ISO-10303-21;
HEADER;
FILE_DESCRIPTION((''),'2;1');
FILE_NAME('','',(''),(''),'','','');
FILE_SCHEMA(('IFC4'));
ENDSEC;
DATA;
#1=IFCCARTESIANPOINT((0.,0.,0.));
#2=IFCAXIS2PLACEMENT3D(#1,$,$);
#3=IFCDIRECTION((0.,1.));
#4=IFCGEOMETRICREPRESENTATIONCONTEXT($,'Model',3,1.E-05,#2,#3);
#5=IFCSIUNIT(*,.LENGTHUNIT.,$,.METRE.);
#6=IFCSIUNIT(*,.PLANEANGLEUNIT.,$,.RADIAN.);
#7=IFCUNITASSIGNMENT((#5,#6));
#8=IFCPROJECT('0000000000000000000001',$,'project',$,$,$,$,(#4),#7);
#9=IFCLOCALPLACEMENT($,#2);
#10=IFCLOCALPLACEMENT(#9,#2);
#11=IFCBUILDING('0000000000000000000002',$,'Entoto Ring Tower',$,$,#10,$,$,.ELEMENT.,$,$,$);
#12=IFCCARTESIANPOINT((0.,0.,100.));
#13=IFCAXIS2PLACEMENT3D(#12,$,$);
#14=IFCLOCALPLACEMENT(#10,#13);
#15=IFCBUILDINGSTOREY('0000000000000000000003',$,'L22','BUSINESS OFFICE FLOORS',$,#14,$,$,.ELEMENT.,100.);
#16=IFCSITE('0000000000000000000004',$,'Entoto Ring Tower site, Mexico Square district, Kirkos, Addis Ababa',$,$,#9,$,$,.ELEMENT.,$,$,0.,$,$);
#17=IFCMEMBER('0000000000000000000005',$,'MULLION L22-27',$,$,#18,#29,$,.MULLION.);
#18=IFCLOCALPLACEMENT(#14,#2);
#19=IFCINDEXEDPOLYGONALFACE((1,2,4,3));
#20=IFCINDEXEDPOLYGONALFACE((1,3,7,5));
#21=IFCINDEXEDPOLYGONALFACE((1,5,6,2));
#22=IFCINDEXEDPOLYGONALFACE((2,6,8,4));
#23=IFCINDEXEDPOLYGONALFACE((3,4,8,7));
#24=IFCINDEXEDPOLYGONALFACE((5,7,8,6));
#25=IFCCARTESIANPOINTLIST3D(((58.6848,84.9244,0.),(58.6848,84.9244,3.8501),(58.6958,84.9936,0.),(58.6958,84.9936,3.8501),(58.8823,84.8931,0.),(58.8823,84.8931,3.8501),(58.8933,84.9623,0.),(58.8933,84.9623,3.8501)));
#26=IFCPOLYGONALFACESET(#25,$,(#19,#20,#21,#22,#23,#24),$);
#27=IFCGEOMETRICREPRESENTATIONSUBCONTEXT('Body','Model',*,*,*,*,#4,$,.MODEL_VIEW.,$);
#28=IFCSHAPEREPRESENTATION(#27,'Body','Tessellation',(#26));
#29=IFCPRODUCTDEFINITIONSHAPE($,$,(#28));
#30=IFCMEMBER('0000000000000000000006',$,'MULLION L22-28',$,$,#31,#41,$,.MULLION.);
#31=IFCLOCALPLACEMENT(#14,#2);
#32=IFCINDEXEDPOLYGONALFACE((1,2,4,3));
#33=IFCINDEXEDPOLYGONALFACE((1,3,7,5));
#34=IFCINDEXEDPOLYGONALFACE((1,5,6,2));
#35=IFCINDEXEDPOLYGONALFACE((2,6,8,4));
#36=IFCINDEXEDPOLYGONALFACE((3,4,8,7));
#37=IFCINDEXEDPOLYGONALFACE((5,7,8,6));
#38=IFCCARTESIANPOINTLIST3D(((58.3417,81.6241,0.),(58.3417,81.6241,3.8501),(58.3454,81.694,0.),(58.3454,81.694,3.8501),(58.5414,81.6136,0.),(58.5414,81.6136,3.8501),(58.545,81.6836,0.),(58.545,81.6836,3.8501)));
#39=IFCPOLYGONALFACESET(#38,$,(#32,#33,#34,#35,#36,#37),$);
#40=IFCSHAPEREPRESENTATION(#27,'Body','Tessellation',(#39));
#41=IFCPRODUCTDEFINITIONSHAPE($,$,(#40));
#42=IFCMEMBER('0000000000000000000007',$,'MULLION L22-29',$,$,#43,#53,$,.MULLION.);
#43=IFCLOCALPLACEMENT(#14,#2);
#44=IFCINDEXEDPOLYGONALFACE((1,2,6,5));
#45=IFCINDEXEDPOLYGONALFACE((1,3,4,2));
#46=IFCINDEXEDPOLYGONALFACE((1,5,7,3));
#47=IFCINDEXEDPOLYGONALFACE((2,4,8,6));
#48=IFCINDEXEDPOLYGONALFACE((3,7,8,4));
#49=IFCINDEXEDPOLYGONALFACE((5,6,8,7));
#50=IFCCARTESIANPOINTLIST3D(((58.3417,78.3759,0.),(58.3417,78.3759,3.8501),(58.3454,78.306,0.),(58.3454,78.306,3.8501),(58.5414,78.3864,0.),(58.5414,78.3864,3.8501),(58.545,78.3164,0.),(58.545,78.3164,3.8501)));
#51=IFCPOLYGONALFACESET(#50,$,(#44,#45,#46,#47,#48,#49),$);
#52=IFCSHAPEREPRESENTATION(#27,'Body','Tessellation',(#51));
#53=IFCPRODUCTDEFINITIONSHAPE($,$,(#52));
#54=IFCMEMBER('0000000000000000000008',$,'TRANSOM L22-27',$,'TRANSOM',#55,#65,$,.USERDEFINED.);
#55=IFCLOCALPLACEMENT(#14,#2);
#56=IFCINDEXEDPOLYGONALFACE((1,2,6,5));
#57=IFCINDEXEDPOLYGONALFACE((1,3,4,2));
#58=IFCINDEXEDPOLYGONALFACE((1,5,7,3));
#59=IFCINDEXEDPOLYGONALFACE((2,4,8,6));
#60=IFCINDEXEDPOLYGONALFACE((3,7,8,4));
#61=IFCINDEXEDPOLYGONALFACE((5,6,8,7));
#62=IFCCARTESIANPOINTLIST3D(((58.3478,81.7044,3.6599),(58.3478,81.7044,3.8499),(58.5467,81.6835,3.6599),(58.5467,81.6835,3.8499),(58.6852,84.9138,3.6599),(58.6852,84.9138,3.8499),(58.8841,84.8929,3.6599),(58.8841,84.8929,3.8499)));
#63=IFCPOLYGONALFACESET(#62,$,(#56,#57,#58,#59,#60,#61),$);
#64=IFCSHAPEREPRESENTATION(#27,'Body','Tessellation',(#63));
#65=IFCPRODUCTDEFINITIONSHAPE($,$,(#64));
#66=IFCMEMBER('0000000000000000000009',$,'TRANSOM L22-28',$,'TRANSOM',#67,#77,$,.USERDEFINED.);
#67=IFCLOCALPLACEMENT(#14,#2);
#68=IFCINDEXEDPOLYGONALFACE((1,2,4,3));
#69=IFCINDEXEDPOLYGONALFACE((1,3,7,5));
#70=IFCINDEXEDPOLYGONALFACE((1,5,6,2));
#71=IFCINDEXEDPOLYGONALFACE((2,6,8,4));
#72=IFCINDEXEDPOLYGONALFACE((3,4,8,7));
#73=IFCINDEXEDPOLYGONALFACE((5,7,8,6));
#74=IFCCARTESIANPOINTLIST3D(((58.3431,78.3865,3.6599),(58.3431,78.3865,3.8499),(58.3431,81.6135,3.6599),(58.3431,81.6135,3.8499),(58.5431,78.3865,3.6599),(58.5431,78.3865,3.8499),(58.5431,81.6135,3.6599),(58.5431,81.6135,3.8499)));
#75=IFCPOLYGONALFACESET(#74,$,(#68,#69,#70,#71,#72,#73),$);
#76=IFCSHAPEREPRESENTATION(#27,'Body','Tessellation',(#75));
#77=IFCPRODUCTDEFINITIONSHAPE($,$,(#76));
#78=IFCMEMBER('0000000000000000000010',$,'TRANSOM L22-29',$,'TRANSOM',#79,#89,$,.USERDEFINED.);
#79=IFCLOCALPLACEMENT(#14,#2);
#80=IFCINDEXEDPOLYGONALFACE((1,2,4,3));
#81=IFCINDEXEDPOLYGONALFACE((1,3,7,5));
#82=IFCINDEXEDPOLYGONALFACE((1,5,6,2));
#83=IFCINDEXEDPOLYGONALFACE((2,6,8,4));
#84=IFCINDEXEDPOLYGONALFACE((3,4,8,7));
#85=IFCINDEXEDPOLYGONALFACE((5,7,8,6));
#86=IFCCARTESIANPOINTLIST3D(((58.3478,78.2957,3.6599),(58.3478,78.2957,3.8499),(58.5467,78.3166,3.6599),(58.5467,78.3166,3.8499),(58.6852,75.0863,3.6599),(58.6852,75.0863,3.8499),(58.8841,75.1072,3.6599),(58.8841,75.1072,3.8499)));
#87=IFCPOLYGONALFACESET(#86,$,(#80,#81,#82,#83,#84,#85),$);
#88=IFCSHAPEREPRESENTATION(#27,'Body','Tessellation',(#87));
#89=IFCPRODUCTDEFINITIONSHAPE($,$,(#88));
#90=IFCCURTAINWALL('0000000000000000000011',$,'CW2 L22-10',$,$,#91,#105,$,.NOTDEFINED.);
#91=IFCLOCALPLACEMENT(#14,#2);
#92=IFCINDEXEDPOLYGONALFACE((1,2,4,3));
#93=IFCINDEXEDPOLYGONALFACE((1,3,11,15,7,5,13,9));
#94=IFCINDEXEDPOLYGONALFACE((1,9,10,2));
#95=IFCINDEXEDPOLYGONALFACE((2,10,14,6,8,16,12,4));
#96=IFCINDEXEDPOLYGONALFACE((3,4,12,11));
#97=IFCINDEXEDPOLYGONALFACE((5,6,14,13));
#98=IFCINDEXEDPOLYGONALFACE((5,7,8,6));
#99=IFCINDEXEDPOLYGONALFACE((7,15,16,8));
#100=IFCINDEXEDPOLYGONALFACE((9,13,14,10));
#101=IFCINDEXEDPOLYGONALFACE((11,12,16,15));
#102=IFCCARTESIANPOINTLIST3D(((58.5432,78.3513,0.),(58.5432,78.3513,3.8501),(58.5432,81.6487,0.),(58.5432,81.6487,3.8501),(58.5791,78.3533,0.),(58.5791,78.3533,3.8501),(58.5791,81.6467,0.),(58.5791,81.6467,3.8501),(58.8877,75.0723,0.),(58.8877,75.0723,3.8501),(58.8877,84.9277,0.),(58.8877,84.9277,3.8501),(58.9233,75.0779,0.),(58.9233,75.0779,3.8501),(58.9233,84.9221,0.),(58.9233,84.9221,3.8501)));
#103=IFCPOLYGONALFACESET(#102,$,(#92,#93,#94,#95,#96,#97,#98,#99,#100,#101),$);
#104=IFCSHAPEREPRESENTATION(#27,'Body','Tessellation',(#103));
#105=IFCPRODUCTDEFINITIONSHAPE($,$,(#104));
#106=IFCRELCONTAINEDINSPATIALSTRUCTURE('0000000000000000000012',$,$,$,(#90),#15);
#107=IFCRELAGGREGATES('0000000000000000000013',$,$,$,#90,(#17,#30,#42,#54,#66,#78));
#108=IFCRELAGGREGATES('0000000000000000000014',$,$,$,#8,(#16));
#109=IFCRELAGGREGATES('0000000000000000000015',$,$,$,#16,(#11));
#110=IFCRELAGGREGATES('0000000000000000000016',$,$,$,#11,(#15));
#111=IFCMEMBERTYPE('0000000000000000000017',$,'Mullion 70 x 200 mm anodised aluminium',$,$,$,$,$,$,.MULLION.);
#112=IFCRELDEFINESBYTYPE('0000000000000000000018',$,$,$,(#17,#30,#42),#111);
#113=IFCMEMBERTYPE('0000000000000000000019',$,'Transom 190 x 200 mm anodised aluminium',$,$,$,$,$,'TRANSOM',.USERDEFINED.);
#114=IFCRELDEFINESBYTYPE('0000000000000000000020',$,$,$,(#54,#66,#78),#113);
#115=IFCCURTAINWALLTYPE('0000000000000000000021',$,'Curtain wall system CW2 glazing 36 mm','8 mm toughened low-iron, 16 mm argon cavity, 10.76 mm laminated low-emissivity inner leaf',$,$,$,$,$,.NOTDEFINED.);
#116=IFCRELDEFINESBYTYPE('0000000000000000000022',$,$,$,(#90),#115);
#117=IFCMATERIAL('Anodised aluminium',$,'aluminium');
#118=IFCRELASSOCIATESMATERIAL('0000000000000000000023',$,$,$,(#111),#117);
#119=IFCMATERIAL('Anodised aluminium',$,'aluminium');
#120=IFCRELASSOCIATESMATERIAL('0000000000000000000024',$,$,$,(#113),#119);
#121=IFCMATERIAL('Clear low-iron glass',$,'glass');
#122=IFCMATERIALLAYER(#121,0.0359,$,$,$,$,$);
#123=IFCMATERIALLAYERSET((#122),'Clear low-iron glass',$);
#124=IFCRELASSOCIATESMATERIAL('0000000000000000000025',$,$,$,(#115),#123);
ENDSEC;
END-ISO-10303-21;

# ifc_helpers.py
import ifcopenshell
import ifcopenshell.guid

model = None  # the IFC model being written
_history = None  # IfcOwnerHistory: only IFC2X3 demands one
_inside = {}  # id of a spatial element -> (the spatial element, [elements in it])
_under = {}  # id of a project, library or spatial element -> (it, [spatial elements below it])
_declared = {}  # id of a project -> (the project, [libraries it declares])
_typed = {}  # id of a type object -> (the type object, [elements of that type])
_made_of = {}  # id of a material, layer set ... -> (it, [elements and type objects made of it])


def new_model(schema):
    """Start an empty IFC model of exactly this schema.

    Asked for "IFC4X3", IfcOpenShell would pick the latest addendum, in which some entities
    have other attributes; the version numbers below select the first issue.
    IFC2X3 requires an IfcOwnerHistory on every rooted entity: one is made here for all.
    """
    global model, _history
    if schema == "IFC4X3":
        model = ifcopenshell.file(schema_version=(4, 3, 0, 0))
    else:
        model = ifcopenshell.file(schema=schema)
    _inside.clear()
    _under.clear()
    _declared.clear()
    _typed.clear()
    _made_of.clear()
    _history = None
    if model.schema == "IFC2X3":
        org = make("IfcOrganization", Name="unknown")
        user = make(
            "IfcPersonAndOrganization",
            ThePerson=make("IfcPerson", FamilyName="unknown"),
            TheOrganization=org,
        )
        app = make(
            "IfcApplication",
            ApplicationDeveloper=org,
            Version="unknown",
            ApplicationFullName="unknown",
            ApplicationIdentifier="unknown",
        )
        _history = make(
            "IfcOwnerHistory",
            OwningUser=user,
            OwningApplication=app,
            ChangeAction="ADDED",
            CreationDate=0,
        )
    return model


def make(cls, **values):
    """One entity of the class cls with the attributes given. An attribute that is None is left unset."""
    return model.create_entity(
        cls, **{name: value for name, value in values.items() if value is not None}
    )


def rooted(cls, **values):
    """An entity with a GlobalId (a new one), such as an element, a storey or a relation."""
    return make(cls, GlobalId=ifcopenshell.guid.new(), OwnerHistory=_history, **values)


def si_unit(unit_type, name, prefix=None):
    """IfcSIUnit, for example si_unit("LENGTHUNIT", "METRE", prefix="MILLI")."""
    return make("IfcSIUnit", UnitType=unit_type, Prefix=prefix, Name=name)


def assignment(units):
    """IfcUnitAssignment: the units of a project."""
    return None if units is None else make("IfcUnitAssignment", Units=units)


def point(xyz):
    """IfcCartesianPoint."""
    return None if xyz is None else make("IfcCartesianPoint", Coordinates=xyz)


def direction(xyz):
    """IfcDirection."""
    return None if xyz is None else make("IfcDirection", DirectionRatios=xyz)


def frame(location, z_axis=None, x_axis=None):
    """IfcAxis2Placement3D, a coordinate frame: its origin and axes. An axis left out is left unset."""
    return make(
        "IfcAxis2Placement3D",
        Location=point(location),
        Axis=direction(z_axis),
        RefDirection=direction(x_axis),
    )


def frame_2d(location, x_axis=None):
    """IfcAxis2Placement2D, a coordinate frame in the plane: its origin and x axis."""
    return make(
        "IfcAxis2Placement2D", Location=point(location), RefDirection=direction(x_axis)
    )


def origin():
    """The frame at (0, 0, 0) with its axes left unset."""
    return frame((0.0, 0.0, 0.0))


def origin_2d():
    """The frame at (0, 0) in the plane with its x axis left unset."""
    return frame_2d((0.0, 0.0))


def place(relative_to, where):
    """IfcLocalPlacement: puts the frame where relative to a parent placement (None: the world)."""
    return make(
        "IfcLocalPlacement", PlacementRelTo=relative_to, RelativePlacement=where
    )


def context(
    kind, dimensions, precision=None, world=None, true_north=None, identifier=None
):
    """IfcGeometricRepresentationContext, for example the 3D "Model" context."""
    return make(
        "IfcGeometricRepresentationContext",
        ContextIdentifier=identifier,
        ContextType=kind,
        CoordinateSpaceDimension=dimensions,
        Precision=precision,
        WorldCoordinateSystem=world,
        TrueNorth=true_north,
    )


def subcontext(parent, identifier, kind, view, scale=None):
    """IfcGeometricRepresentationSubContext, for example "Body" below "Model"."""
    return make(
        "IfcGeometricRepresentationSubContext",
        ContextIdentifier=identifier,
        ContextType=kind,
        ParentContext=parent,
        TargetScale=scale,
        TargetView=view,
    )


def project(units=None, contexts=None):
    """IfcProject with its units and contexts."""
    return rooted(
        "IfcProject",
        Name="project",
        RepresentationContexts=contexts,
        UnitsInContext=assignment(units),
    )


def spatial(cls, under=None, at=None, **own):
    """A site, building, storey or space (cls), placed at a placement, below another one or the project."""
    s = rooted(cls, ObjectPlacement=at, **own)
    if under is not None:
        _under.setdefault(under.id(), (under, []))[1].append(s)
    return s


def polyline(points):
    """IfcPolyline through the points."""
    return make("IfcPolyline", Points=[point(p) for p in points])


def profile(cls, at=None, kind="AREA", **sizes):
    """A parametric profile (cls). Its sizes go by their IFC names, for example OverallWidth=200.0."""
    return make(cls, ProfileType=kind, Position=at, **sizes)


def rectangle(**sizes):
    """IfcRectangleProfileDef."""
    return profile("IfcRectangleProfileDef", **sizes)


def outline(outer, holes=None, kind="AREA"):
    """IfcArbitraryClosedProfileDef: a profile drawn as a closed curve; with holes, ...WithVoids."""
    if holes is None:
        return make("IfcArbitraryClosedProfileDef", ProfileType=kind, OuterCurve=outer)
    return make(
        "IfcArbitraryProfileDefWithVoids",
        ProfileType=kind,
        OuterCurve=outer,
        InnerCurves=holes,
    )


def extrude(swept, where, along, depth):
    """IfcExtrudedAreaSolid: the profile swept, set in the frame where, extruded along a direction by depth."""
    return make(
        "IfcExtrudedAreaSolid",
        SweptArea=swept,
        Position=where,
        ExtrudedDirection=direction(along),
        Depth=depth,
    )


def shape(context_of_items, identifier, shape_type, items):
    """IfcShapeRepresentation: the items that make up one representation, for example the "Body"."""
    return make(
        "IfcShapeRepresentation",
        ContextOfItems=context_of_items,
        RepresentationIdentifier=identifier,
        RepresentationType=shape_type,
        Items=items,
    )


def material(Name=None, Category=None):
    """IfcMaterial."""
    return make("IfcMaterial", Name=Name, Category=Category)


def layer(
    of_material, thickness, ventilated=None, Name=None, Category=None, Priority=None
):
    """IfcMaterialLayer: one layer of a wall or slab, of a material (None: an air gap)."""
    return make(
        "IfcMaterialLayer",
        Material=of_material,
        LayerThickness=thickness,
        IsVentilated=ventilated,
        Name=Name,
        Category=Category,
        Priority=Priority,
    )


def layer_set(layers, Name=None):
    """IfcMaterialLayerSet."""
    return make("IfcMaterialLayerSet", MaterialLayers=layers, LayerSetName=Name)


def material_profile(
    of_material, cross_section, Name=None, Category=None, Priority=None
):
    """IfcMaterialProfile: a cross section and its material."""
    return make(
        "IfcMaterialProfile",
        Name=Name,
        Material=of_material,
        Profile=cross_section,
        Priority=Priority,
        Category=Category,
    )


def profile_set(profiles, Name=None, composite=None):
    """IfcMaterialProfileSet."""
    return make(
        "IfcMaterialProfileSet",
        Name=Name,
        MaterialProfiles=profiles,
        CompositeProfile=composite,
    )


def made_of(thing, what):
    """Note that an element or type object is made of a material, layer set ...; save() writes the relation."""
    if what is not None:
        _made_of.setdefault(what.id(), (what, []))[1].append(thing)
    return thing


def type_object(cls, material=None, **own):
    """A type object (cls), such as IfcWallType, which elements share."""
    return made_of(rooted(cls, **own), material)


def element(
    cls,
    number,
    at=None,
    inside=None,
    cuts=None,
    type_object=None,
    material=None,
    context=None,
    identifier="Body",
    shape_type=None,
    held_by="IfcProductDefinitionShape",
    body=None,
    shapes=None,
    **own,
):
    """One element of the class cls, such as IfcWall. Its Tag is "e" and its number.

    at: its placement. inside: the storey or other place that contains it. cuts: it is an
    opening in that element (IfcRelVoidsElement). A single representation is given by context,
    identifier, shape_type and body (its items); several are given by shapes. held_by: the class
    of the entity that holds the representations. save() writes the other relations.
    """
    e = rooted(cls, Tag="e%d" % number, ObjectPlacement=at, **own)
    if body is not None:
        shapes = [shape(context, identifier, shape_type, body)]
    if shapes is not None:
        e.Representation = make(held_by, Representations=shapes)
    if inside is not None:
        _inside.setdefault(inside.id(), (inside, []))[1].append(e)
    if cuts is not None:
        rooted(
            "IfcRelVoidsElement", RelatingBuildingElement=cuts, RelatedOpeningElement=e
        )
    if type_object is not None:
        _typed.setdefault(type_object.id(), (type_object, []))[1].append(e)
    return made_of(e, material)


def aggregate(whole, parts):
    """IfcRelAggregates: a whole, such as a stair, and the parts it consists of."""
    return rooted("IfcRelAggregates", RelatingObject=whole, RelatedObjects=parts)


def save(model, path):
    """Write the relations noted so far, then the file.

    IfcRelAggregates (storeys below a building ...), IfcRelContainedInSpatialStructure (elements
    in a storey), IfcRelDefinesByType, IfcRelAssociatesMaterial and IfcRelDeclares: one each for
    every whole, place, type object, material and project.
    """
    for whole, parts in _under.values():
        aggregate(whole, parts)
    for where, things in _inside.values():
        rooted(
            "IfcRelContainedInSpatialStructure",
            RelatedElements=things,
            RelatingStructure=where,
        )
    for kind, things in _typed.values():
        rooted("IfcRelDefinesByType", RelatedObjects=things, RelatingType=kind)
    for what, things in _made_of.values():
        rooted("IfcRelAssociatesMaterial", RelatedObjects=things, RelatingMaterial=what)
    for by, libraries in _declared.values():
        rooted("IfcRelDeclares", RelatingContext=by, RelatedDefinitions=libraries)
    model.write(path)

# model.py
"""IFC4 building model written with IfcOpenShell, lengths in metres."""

from ifc_helpers import new_model, si_unit, direction, frame, origin, origin_2d, place, context, subcontext, project, spatial, polyline, rectangle, outline, extrude, material, layer, layer_set, material_profile, profile_set, type_object, element, aggregate, save


model = new_model("IFC4")

# Units and contexts
model_context = context("Model", 3, precision=1e-05, world=origin(), true_north=direction((0.0, 1.0)))
body_context = subcontext(model_context, "Body", "Model", "MODEL_VIEW")
ifc_project = project(units=[si_unit("LENGTHUNIT", "METRE"), si_unit("PLANEANGLEUNIT", "RADIAN")], contexts=[model_context])

# Members
ifc_material_1 = material(Name="Anodised aluminium", Category="aluminium")
ifc_material_profile_1 = material_profile(ifc_material_1, rectangle(XDim=0.0701, YDim=0.2, at=origin_2d()), Name="Mullion 70 x 200 mm anodised aluminium")
ifc_profile_set_1 = profile_set([ifc_material_profile_1], Name="Anodised aluminium")
member_type_1 = type_object("IfcMemberType", Name="Mullion 70 x 200 mm anodised aluminium", PredefinedType="MULLION", material=ifc_profile_set_1)
site_placement = place(None, origin())
building_placement = place(site_placement, origin())
storey_placement = place(building_placement, frame((0.0, 0.0, 100.0)))
member_1_placement = place(storey_placement, frame((58.7891, 84.9434, 0.0), z_axis=(0.0, 0.0, 1.0), x_axis=(-0.156434, -0.987688, 0.0)))
member_1 = element("IfcMember", 1, at=member_1_placement, type_object=member_type_1, Name="MULLION L22-27", PredefinedType="MULLION", context=body_context, shape_type="SweptSolid", body=[
    extrude(rectangle(XDim=0.0701, YDim=0.2, at=origin_2d()), origin(), (0.0, 0.0, 1.0), 3.8501),
])
member_2_placement = place(storey_placement, frame((58.4434, 81.6538, 0.0), z_axis=(0.0, 0.0, 1.0), x_axis=(-0.052336, -0.99863, 0.0)))
member_2 = element("IfcMember", 2, at=member_2_placement, type_object=member_type_1, Name="MULLION L22-28", PredefinedType="MULLION", context=body_context, shape_type="SweptSolid", body=[
    extrude(rectangle(XDim=0.0701, YDim=0.2, at=origin_2d()), origin(), (0.0, 0.0, 1.0), 3.8501),
])
member_3_placement = place(storey_placement, frame((58.4434, 78.3462, 0.0), z_axis=(0.0, 0.0, 1.0), x_axis=(0.052336, -0.99863, 0.0)))
member_3 = element("IfcMember", 3, at=member_3_placement, type_object=member_type_1, Name="MULLION L22-29", PredefinedType="MULLION", context=body_context, shape_type="SweptSolid", body=[
    extrude(rectangle(XDim=0.0701, YDim=0.2, at=origin_2d()), origin(), (0.0, 0.0, 1.0), 3.8501),
])
ifc_material_2 = material(Name="Anodised aluminium", Category="aluminium")
ifc_material_profile_2 = material_profile(ifc_material_2, rectangle(XDim=0.2, YDim=0.1899, at=origin_2d()), Name="Transom 190 x 200 mm anodised aluminium")
ifc_profile_set_2 = profile_set([ifc_material_profile_2], Name="Anodised aluminium")
member_type_2 = type_object("IfcMemberType", Name="Transom 190 x 200 mm anodised aluminium", ElementType="TRANSOM", PredefinedType="USERDEFINED", material=ifc_profile_set_2)
member_4_placement = place(storey_placement, frame((58.7847, 84.9033, 3.7549), z_axis=(-0.104551, -0.99452, 0.0), x_axis=(0.99452, -0.104551, 0.0)))
member_4 = element("IfcMember", 4, at=member_4_placement, type_object=member_type_2, Name="TRANSOM L22-27", ObjectType="TRANSOM", PredefinedType="USERDEFINED", context=body_context, shape_type="SweptSolid", body=[
    extrude(rectangle(XDim=0.2, YDim=0.1899, at=origin_2d()), origin(), (0.0, 0.0, 1.0), 3.2271),
])
member_5_placement = place(storey_placement, frame((58.4431, 81.6135, 3.7549), z_axis=(0.0, -1.0, 0.0), x_axis=(1.0, 0.0, 0.0)))
member_5 = element("IfcMember", 5, at=member_5_placement, type_object=member_type_2, Name="TRANSOM L22-28", ObjectType="TRANSOM", PredefinedType="USERDEFINED", context=body_context, shape_type="SweptSolid", body=[
    extrude(rectangle(XDim=0.2, YDim=0.1899, at=origin_2d()), origin(), (0.0, 0.0, 1.0), 3.2271),
])
member_6_placement = place(storey_placement, frame((58.4473, 78.3062, 3.7549), z_axis=(0.104551, -0.99452, 0.0), x_axis=(0.99452, 0.104551, 0.0)))
member_6 = element("IfcMember", 6, at=member_6_placement, type_object=member_type_2, Name="TRANSOM L22-29", ObjectType="TRANSOM", PredefinedType="USERDEFINED", context=body_context, shape_type="SweptSolid", body=[
    extrude(rectangle(XDim=0.2, YDim=0.1899, at=origin_2d()), origin(), (0.0, 0.0, 1.0), 3.2271),
])

# Site, building, storey
site = spatial("IfcSite", under=ifc_project, at=site_placement, Name="Entoto Ring Tower site, Mexico Square district, Kirkos, Addis Ababa", CompositionType="ELEMENT", RefElevation=0.0)
building = spatial("IfcBuilding", under=site, at=building_placement, Name="Entoto Ring Tower", CompositionType="ELEMENT")
storey = spatial("IfcBuildingStorey", under=building, at=storey_placement, Name="L22", Description="BUSINESS OFFICE FLOORS", CompositionType="ELEMENT", Elevation=100.0)

# Curtain wall
ifc_material_3 = material(Name="Clear low-iron glass", Category="glass")
ifc_layer = layer(ifc_material_3, 0.0359)
ifc_layer_set = layer_set([ifc_layer], Name="Clear low-iron glass")
curtain_wall_type = type_object("IfcCurtainWallType", Name="Curtain wall system CW2 glazing 36 mm", Description="8 mm toughened low-iron, 16 mm argon cavity, 10.76 mm laminated low-emissivity inner leaf", PredefinedType="NOTDEFINED", material=ifc_layer_set)
curtain_wall_1_placement = place(storey_placement, origin())
curtain_wall_1 = element("IfcCurtainWall", 7, at=curtain_wall_1_placement, inside=storey, type_object=curtain_wall_type, Name="CW2 L22-10", PredefinedType="NOTDEFINED", context=body_context, shape_type="SweptSolid", body=[
    extrude(outline(polyline([(58.8877, 84.9277), (58.5432, 81.6487), (58.5432, 78.3513), (58.8877, 75.0723), (58.9233, 75.0779), (58.5791, 78.3533), (58.5791, 81.6467), (58.9233, 84.9221), (58.8877, 84.9277)])), origin(), (0.0, 0.0, 1.0), 3.8501),
])
aggregate(curtain_wall_1, [member_1, member_2, member_3, member_4, member_5, member_6])

save(model, "model.ifc")
